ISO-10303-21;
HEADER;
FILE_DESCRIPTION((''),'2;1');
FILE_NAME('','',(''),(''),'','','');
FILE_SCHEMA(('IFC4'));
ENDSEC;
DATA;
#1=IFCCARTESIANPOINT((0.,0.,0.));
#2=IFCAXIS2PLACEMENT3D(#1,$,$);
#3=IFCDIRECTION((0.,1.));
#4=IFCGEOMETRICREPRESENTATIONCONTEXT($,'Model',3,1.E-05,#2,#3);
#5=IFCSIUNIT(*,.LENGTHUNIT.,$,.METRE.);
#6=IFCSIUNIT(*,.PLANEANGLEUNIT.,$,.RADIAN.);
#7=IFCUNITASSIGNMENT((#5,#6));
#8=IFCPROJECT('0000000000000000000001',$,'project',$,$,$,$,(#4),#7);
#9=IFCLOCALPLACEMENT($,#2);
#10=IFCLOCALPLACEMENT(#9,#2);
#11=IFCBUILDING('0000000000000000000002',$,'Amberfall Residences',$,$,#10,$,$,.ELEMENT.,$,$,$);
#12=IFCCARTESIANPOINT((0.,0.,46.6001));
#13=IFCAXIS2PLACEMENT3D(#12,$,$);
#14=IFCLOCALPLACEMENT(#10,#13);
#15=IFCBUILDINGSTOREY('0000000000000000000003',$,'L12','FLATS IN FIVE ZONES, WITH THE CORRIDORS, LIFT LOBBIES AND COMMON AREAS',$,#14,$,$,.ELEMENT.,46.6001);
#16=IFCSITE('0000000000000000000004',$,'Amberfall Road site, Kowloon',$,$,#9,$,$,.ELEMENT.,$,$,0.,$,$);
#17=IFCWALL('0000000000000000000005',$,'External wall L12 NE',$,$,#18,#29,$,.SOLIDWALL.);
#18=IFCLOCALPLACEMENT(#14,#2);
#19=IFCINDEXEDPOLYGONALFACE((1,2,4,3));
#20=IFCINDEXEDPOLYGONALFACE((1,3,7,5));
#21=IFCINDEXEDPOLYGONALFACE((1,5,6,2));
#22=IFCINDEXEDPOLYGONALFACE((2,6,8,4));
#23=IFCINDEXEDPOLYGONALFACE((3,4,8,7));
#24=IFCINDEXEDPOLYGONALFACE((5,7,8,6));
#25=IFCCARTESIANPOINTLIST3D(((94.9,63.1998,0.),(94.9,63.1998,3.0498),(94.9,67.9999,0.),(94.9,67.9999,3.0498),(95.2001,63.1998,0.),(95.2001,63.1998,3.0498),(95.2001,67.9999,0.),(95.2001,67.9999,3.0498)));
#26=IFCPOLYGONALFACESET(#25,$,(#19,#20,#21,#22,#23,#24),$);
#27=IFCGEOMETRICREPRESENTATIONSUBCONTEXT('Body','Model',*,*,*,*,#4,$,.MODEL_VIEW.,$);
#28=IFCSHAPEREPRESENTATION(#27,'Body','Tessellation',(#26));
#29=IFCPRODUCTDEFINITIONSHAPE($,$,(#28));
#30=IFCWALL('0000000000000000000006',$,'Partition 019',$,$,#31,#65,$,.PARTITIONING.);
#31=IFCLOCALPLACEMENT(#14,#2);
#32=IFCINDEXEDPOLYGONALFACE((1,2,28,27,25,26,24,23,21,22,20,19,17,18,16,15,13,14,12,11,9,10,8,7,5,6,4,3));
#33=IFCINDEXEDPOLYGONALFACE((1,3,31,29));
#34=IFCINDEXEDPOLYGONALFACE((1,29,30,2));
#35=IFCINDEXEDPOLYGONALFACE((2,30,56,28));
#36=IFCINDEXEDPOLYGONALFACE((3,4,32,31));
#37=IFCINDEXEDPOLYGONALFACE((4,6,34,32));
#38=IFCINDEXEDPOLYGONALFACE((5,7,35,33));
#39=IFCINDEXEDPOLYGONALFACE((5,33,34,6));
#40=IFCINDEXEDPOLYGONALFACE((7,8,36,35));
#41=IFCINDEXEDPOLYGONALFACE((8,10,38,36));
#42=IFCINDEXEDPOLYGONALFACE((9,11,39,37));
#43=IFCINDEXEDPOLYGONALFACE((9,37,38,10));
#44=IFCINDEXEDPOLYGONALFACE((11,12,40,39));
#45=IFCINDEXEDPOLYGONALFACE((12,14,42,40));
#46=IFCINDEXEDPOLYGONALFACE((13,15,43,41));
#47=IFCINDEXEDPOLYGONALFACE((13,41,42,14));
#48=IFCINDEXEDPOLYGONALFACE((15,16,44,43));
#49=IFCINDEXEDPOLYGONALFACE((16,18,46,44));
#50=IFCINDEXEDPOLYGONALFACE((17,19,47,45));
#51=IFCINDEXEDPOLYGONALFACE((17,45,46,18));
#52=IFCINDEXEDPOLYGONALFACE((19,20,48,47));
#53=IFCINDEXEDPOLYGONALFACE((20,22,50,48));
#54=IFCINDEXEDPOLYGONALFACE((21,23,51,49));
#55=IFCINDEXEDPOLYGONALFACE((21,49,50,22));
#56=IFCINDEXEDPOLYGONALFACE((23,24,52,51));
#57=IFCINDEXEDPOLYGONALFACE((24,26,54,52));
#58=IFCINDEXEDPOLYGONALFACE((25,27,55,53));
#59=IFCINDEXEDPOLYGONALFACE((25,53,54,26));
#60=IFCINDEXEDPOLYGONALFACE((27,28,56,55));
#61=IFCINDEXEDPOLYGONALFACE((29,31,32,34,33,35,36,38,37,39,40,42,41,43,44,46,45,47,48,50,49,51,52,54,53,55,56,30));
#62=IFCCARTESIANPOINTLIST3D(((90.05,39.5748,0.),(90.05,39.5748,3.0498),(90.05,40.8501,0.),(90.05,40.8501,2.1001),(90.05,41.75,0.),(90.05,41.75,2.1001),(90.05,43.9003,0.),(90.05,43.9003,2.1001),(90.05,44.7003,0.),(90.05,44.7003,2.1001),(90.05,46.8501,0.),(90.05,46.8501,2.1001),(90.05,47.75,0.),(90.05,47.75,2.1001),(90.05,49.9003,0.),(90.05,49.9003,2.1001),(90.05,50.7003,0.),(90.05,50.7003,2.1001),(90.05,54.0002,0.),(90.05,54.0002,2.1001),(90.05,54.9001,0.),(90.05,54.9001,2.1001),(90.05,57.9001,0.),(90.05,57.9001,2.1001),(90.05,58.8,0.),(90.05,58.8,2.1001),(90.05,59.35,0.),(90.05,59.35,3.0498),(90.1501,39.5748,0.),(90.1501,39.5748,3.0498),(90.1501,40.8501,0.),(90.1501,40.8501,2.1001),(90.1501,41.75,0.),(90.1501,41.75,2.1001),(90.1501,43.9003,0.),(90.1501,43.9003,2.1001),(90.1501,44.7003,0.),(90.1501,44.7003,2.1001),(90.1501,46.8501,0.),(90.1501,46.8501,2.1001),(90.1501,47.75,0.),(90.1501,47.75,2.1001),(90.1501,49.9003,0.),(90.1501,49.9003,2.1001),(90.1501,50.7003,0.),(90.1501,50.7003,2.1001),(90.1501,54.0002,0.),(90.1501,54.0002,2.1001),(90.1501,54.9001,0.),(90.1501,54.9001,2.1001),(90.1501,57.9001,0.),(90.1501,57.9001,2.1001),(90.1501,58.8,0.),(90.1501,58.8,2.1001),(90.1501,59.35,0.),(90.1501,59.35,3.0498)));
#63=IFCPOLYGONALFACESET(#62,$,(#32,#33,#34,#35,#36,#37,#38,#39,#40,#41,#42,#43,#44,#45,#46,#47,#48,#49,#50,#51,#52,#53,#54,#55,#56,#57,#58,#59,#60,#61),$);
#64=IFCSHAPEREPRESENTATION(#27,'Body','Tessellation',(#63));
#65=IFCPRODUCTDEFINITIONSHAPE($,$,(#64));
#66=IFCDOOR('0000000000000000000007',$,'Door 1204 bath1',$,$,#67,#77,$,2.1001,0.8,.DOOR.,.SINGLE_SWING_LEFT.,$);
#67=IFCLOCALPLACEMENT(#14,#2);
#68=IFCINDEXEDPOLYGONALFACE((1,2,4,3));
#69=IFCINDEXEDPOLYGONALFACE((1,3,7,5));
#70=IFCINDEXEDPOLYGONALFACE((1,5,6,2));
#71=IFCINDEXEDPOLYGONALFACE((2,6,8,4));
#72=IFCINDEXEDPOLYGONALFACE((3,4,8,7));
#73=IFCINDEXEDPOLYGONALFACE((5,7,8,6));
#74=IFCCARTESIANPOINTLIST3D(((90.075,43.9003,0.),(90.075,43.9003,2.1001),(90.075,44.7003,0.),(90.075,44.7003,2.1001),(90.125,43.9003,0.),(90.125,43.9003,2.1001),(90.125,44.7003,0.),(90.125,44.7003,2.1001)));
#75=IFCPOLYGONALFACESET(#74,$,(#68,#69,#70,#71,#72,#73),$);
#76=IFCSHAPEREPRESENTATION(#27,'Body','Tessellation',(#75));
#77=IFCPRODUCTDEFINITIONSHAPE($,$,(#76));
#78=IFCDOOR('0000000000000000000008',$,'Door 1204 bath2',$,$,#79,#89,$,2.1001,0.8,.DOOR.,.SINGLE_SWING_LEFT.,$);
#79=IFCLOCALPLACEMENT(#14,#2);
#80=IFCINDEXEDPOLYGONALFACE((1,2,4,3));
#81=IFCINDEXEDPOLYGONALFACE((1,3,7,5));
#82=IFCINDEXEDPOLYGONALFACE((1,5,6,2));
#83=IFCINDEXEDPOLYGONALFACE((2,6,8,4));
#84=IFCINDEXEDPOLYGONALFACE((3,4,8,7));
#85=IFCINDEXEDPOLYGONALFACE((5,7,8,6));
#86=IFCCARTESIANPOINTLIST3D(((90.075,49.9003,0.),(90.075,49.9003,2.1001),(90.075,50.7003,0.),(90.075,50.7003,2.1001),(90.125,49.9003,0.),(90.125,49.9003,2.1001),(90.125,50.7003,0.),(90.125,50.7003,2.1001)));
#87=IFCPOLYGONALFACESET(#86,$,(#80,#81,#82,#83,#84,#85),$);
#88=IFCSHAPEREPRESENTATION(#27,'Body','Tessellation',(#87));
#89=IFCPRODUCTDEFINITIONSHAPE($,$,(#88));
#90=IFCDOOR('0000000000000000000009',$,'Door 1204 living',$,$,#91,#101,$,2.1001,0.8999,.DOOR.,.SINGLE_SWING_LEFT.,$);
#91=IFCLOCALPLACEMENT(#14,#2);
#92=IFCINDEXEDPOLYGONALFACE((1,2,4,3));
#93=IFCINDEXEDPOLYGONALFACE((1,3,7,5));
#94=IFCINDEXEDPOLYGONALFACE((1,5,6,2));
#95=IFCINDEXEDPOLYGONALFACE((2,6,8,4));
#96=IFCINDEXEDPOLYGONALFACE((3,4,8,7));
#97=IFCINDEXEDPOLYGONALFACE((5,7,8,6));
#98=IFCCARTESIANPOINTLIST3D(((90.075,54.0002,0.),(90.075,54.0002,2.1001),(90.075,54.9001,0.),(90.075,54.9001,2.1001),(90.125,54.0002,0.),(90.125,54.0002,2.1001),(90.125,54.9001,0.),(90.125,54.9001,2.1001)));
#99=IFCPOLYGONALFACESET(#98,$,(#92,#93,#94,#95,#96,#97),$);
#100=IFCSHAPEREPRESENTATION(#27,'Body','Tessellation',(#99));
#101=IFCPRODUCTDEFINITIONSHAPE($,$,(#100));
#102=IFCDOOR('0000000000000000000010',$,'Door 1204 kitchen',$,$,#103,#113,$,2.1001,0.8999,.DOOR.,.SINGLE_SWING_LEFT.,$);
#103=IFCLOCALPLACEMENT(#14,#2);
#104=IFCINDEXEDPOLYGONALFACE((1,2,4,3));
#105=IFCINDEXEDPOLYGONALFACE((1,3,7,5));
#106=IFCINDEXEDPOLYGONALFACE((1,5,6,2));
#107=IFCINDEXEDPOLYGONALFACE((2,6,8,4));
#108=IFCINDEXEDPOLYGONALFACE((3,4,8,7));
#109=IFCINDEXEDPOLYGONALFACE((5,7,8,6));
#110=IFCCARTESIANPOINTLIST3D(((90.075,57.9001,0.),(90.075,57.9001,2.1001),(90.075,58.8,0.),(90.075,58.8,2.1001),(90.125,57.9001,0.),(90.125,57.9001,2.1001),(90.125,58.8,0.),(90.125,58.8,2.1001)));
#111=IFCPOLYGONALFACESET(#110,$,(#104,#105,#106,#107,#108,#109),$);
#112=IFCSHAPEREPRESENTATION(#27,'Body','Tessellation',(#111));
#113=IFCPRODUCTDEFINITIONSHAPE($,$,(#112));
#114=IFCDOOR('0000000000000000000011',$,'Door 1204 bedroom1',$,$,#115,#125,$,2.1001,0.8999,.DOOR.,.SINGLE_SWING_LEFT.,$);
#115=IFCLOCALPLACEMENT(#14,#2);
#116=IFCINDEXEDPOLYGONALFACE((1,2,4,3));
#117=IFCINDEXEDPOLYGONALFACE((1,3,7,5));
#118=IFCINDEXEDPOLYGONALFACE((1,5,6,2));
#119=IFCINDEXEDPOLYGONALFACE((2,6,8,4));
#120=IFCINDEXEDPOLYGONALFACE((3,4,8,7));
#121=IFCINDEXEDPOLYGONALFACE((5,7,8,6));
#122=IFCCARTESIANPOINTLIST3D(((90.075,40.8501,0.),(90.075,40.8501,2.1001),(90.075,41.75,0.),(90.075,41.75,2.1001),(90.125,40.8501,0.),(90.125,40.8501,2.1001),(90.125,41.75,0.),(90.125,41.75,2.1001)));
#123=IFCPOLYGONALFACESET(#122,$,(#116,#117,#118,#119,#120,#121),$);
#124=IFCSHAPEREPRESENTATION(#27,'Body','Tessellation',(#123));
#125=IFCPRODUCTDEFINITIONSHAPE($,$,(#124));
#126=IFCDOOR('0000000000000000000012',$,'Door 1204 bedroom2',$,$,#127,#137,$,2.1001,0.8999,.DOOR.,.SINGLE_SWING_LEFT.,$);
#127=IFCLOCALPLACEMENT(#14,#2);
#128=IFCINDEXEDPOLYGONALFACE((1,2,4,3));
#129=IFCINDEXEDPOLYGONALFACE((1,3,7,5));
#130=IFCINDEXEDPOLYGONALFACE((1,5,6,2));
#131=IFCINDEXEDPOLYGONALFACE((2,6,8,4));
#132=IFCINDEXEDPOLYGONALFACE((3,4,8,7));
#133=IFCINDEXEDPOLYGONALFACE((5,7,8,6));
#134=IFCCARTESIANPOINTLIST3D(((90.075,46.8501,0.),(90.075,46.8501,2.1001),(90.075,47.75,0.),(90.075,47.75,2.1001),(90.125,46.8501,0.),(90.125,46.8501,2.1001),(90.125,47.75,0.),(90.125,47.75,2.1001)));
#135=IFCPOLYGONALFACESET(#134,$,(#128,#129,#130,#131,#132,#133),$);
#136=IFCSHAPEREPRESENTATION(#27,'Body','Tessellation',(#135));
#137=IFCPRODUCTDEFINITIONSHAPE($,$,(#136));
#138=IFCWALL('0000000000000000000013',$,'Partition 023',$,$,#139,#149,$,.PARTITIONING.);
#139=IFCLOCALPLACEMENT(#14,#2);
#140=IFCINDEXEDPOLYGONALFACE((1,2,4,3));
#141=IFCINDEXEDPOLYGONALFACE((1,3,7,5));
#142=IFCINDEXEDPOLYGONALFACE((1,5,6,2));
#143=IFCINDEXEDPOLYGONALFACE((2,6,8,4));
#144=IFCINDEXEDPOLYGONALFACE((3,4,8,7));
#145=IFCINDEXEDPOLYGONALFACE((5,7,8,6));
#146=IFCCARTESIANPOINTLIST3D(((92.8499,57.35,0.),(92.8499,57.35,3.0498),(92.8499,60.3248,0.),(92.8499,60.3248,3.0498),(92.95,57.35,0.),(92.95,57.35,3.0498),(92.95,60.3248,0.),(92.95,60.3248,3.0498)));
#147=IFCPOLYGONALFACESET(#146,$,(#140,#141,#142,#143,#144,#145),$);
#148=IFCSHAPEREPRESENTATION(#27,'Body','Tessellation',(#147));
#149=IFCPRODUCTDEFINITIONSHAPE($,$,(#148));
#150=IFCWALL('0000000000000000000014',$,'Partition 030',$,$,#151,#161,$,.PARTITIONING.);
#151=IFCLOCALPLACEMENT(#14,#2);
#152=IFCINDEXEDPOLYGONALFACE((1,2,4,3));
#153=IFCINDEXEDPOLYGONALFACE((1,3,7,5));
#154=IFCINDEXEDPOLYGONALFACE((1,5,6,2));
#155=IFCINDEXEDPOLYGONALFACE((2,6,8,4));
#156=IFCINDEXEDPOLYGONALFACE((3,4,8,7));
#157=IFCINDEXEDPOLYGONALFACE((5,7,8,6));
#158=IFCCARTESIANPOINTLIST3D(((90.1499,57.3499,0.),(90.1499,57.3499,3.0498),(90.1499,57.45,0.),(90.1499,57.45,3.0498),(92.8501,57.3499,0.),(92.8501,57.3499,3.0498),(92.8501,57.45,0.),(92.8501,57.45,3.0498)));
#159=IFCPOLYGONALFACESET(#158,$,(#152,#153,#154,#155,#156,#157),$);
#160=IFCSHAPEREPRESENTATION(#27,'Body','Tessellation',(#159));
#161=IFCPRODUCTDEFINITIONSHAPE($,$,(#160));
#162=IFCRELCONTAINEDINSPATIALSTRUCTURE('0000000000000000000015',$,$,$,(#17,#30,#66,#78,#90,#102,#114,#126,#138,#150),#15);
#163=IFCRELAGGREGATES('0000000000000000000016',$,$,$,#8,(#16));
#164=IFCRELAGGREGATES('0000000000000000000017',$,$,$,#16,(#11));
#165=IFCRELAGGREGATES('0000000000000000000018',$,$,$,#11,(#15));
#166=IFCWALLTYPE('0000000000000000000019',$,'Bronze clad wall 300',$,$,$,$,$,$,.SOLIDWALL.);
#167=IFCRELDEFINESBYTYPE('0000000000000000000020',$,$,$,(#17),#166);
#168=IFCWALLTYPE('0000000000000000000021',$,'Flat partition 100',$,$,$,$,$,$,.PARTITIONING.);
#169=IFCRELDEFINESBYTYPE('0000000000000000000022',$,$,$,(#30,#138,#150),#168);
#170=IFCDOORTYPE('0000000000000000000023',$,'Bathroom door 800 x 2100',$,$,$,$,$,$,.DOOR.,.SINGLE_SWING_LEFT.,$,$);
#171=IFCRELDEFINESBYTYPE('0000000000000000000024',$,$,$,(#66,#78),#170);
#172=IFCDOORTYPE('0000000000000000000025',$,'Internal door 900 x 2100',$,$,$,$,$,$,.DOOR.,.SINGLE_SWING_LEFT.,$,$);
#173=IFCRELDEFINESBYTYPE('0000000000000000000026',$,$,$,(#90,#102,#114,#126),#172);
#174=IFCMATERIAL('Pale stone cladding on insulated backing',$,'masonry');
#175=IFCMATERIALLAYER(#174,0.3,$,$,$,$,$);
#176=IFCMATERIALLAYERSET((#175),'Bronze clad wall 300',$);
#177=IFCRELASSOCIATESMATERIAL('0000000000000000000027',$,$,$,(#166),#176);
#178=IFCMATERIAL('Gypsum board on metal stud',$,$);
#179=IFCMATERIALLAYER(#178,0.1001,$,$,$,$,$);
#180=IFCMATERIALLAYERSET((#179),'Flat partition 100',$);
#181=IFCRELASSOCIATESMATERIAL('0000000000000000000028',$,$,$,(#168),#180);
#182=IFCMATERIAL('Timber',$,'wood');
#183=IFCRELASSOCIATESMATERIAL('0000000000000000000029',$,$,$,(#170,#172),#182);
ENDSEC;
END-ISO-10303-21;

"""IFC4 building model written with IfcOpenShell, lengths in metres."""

from ifc_helpers import new_model, si_unit, direction, frame, frame_2d, origin, place, context, subcontext, project, spatial, rectangle, extrude, material, layer, layer_set, type_object, element, fill, save


model = new_model("IFC4")

# Units and contexts
model_context = context("Model", 3, precision=1e-05, world=origin(), true_north=direction((0.0, 1.0)))
body_context = subcontext(model_context, "Body", "Model", "MODEL_VIEW")
ifc_project = project(units=[si_unit("LENGTHUNIT", "METRE"), si_unit("PLANEANGLEUNIT", "RADIAN")], contexts=[model_context])

# Site, building, storey
site_placement = place(None, origin())
site = spatial("IfcSite", under=ifc_project, at=site_placement, Name="Amberfall Road site, Kowloon", CompositionType="ELEMENT", RefElevation=0.0)
building_placement = place(site_placement, origin())
building = spatial("IfcBuilding", under=site, at=building_placement, Name="Amberfall Residences", CompositionType="ELEMENT")
storey_placement = place(building_placement, frame((0.0, 0.0, 46.6001)))
storey = spatial("IfcBuildingStorey", under=building, at=storey_placement, Name="L12", Description="FLATS IN FIVE ZONES, WITH THE CORRIDORS, LIFT LOBBIES AND COMMON AREAS", CompositionType="ELEMENT", Elevation=46.6001)

# Shared definitions
ifc_material_1 = material(Name="Pale stone cladding on insulated backing", Category="masonry")
ifc_layer_1 = layer(ifc_material_1, 0.3)
ifc_layer_set_1 = layer_set([ifc_layer_1], Name="Bronze clad wall 300")
wall_type_1 = type_object("IfcWallType", Name="Bronze clad wall 300", PredefinedType="SOLIDWALL", material=ifc_layer_set_1)

# Wall
wall_1_placement = place(storey_placement, frame((95.05, 63.2, 0.0), z_axis=(0.0, 0.0, 1.0), x_axis=(0.0, 1.0, 0.0)))
element("IfcWall", 1, at=wall_1_placement, inside=storey, type_object=wall_type_1, Name="External wall L12 NE", PredefinedType="SOLIDWALL", context=body_context, shape_type="SweptSolid", body=[
    extrude(rectangle(XDim=4.8, YDim=0.3, at=frame_2d((2.3999, 0.0))), origin(), (0.0, 0.0, 1.0), 3.0498),
])

# Wall, openings, doors
ifc_material_2 = material(Name="Gypsum board on metal stud")
ifc_layer_2 = layer(ifc_material_2, 0.1001)
ifc_layer_set_2 = layer_set([ifc_layer_2], Name="Flat partition 100")
wall_type_2 = type_object("IfcWallType", Name="Flat partition 100", PredefinedType="PARTITIONING", material=ifc_layer_set_2)
wall_2_placement = place(storey_placement, frame((90.1001, 59.3501, 0.0), z_axis=(0.0, 0.0, 1.0), x_axis=(0.0, -1.0, 0.0)))
wall_2 = element("IfcWall", 2, at=wall_2_placement, inside=storey, type_object=wall_type_2, Name="Partition 019", PredefinedType="PARTITIONING", context=body_context, shape_type="SweptSolid", body=[
    extrude(rectangle(XDim=19.7751, YDim=0.1001, at=frame_2d((9.8877, 0.0))), origin(), (0.0, 0.0, 1.0), 3.0498),
])
opening_1_placement = place(wall_2_placement, frame((4.45, 0.0, 0.0)))
opening_1 = element("IfcOpeningElement", 3, at=opening_1_placement, cuts=wall_2, PredefinedType="OPENING", context=body_context, shape_type="SweptSolid", body=[
    extrude(rectangle(XDim=0.8999, YDim=2.1001, at=frame_2d((0.45, 1.05))), frame((0.0, 0.0601, 0.0), z_axis=(0.0, -1.0, 0.0), x_axis=(1.0, 0.0, 0.0)), (0.0, 0.0, 1.0), 0.1201),
])
opening_2_placement = place(wall_2_placement, frame((0.55, 0.0, 0.0)))
opening_2 = element("IfcOpeningElement", 4, at=opening_2_placement, cuts=wall_2, PredefinedType="OPENING", context=body_context, shape_type="SweptSolid", body=[
    extrude(rectangle(XDim=0.8999, YDim=2.1001, at=frame_2d((0.45, 1.05))), frame((0.0, 0.0601, 0.0), z_axis=(0.0, -1.0, 0.0), x_axis=(1.0, 0.0, 0.0)), (0.0, 0.0, 1.0), 0.1201),
])
opening_3_placement = place(wall_2_placement, frame((17.6001, 0.0, 0.0)))
opening_3 = element("IfcOpeningElement", 5, at=opening_3_placement, cuts=wall_2, PredefinedType="OPENING", context=body_context, shape_type="SweptSolid", body=[
    extrude(rectangle(XDim=0.8999, YDim=2.1001, at=frame_2d((0.45, 1.05))), frame((0.0, 0.0601, 0.0), z_axis=(0.0, -1.0, 0.0), x_axis=(1.0, 0.0, 0.0)), (0.0, 0.0, 1.0), 0.1201),
])
opening_4_placement = place(wall_2_placement, frame((11.6001, 0.0, 0.0)))
opening_4 = element("IfcOpeningElement", 6, at=opening_4_placement, cuts=wall_2, PredefinedType="OPENING", context=body_context, shape_type="SweptSolid", body=[
    extrude(rectangle(XDim=0.8999, YDim=2.1001, at=frame_2d((0.45, 1.05))), frame((0.0, 0.0601, 0.0), z_axis=(0.0, -1.0, 0.0), x_axis=(1.0, 0.0, 0.0)), (0.0, 0.0, 1.0), 0.1201),
])
opening_5_placement = place(wall_2_placement, frame((14.6499, 0.0, 0.0)))
opening_5 = element("IfcOpeningElement", 7, at=opening_5_placement, cuts=wall_2, PredefinedType="OPENING", context=body_context, shape_type="SweptSolid", body=[
    extrude(rectangle(XDim=0.8, YDim=2.1001, at=frame_2d((0.3999, 1.05))), frame((0.0, 0.0601, 0.0), z_axis=(0.0, -1.0, 0.0), x_axis=(1.0, 0.0, 0.0)), (0.0, 0.0, 1.0), 0.1201),
])
opening_6_placement = place(wall_2_placement, frame((8.6499, 0.0, 0.0)))
opening_6 = element("IfcOpeningElement", 8, at=opening_6_placement, cuts=wall_2, PredefinedType="OPENING", context=body_context, shape_type="SweptSolid", body=[
    extrude(rectangle(XDim=0.8, YDim=2.1001, at=frame_2d((0.3999, 1.05))), frame((0.0, 0.0601, 0.0), z_axis=(0.0, -1.0, 0.0), x_axis=(1.0, 0.0, 0.0)), (0.0, 0.0, 1.0), 0.1201),
])
ifc_material_3 = material(Name="Timber", Category="wood")
door_type_1 = type_object("IfcDoorType", Name="Bathroom door 800 x 2100", OperationType="SINGLE_SWING_LEFT", PredefinedType="DOOR", material=ifc_material_3)
door_1_placement = place(opening_5_placement, origin())
door_1 = element("IfcDoor", 9, at=door_1_placement, inside=storey, type_object=door_type_1, Name="Door 1204 bath1", OperationType="SINGLE_SWING_LEFT", OverallHeight=2.1001, OverallWidth=0.8, PredefinedType="DOOR", context=body_context, shape_type="SweptSolid", body=[
    extrude(rectangle(XDim=0.8, YDim=2.1001, at=frame_2d((0.3999, 1.05))), frame((0.0, 0.0249, 0.0), z_axis=(0.0, -1.0, 0.0), x_axis=(1.0, 0.0, 0.0)), (0.0, 0.0, 1.0), 0.05),
])
fill(opening_5, door_1)
door_2_placement = place(opening_6_placement, origin())
door_2 = element("IfcDoor", 10, at=door_2_placement, inside=storey, type_object=door_type_1, Name="Door 1204 bath2", OperationType="SINGLE_SWING_LEFT", OverallHeight=2.1001, OverallWidth=0.8, PredefinedType="DOOR", context=body_context, shape_type="SweptSolid", body=[
    extrude(rectangle(XDim=0.8, YDim=2.1001, at=frame_2d((0.3999, 1.05))), frame((0.0, 0.0249, 0.0), z_axis=(0.0, -1.0, 0.0), x_axis=(1.0, 0.0, 0.0)), (0.0, 0.0, 1.0), 0.05),
])
fill(opening_6, door_2)
door_type_2 = type_object("IfcDoorType", Name="Internal door 900 x 2100", OperationType="SINGLE_SWING_LEFT", PredefinedType="DOOR", material=ifc_material_3)
door_3_placement = place(opening_1_placement, origin())
door_3 = element("IfcDoor", 11, at=door_3_placement, inside=storey, type_object=door_type_2, Name="Door 1204 living", OperationType="SINGLE_SWING_LEFT", OverallHeight=2.1001, OverallWidth=0.8999, PredefinedType="DOOR", context=body_context, shape_type="SweptSolid", body=[
    extrude(rectangle(XDim=0.8999, YDim=2.1001, at=frame_2d((0.45, 1.05))), frame((0.0, 0.0249, 0.0), z_axis=(0.0, -1.0, 0.0), x_axis=(1.0, 0.0, 0.0)), (0.0, 0.0, 1.0), 0.05),
])
fill(opening_1, door_3)
door_4_placement = place(opening_2_placement, origin())
door_4 = element("IfcDoor", 12, at=door_4_placement, inside=storey, type_object=door_type_2, Name="Door 1204 kitchen", OperationType="SINGLE_SWING_LEFT", OverallHeight=2.1001, OverallWidth=0.8999, PredefinedType="DOOR", context=body_context, shape_type="SweptSolid", body=[
    extrude(rectangle(XDim=0.8999, YDim=2.1001, at=frame_2d((0.45, 1.05))), frame((0.0, 0.0249, 0.0), z_axis=(0.0, -1.0, 0.0), x_axis=(1.0, 0.0, 0.0)), (0.0, 0.0, 1.0), 0.05),
])
fill(opening_2, door_4)
door_5_placement = place(opening_3_placement, origin())
door_5 = element("IfcDoor", 13, at=door_5_placement, inside=storey, type_object=door_type_2, Name="Door 1204 bedroom1", OperationType="SINGLE_SWING_LEFT", OverallHeight=2.1001, OverallWidth=0.8999, PredefinedType="DOOR", context=body_context, shape_type="SweptSolid", body=[
    extrude(rectangle(XDim=0.8999, YDim=2.1001, at=frame_2d((0.45, 1.05))), frame((0.0, 0.0249, 0.0), z_axis=(0.0, -1.0, 0.0), x_axis=(1.0, 0.0, 0.0)), (0.0, 0.0, 1.0), 0.05),
])
fill(opening_3, door_5)
door_6_placement = place(opening_4_placement, origin())
door_6 = element("IfcDoor", 14, at=door_6_placement, inside=storey, type_object=door_type_2, Name="Door 1204 bedroom2", OperationType="SINGLE_SWING_LEFT", OverallHeight=2.1001, OverallWidth=0.8999, PredefinedType="DOOR", context=body_context, shape_type="SweptSolid", body=[
    extrude(rectangle(XDim=0.8999, YDim=2.1001, at=frame_2d((0.45, 1.05))), frame((0.0, 0.0249, 0.0), z_axis=(0.0, -1.0, 0.0), x_axis=(1.0, 0.0, 0.0)), (0.0, 0.0, 1.0), 0.05),
])
fill(opening_4, door_6)

# Walls
wall_3_placement = place(storey_placement, frame((92.8999, 57.3501, 0.0), z_axis=(0.0, 0.0, 1.0), x_axis=(0.0, 1.0, 0.0)))
element("IfcWall", 15, at=wall_3_placement, inside=storey, type_object=wall_type_2, Name="Partition 023", PredefinedType="PARTITIONING", context=body_context, shape_type="SweptSolid", body=[
    extrude(rectangle(XDim=2.9749, YDim=0.1001, at=frame_2d((1.4873, 0.0))), origin(), (0.0, 0.0, 1.0), 3.0498),
])
wall_4_placement = place(storey_placement, frame((90.1499, 57.3999, 0.0), z_axis=(0.0, 0.0, 1.0), x_axis=(1.0, 0.0, 0.0)))
element("IfcWall", 16, at=wall_4_placement, inside=storey, type_object=wall_type_2, Name="Partition 030", PredefinedType="PARTITIONING", context=body_context, shape_type="SweptSolid", body=[
    extrude(rectangle(XDim=2.7002, YDim=0.1001, at=frame_2d((1.3501, 0.0))), origin(), (0.0, 0.0, 1.0), 3.0498),
])

save(model, "model.ifc")
